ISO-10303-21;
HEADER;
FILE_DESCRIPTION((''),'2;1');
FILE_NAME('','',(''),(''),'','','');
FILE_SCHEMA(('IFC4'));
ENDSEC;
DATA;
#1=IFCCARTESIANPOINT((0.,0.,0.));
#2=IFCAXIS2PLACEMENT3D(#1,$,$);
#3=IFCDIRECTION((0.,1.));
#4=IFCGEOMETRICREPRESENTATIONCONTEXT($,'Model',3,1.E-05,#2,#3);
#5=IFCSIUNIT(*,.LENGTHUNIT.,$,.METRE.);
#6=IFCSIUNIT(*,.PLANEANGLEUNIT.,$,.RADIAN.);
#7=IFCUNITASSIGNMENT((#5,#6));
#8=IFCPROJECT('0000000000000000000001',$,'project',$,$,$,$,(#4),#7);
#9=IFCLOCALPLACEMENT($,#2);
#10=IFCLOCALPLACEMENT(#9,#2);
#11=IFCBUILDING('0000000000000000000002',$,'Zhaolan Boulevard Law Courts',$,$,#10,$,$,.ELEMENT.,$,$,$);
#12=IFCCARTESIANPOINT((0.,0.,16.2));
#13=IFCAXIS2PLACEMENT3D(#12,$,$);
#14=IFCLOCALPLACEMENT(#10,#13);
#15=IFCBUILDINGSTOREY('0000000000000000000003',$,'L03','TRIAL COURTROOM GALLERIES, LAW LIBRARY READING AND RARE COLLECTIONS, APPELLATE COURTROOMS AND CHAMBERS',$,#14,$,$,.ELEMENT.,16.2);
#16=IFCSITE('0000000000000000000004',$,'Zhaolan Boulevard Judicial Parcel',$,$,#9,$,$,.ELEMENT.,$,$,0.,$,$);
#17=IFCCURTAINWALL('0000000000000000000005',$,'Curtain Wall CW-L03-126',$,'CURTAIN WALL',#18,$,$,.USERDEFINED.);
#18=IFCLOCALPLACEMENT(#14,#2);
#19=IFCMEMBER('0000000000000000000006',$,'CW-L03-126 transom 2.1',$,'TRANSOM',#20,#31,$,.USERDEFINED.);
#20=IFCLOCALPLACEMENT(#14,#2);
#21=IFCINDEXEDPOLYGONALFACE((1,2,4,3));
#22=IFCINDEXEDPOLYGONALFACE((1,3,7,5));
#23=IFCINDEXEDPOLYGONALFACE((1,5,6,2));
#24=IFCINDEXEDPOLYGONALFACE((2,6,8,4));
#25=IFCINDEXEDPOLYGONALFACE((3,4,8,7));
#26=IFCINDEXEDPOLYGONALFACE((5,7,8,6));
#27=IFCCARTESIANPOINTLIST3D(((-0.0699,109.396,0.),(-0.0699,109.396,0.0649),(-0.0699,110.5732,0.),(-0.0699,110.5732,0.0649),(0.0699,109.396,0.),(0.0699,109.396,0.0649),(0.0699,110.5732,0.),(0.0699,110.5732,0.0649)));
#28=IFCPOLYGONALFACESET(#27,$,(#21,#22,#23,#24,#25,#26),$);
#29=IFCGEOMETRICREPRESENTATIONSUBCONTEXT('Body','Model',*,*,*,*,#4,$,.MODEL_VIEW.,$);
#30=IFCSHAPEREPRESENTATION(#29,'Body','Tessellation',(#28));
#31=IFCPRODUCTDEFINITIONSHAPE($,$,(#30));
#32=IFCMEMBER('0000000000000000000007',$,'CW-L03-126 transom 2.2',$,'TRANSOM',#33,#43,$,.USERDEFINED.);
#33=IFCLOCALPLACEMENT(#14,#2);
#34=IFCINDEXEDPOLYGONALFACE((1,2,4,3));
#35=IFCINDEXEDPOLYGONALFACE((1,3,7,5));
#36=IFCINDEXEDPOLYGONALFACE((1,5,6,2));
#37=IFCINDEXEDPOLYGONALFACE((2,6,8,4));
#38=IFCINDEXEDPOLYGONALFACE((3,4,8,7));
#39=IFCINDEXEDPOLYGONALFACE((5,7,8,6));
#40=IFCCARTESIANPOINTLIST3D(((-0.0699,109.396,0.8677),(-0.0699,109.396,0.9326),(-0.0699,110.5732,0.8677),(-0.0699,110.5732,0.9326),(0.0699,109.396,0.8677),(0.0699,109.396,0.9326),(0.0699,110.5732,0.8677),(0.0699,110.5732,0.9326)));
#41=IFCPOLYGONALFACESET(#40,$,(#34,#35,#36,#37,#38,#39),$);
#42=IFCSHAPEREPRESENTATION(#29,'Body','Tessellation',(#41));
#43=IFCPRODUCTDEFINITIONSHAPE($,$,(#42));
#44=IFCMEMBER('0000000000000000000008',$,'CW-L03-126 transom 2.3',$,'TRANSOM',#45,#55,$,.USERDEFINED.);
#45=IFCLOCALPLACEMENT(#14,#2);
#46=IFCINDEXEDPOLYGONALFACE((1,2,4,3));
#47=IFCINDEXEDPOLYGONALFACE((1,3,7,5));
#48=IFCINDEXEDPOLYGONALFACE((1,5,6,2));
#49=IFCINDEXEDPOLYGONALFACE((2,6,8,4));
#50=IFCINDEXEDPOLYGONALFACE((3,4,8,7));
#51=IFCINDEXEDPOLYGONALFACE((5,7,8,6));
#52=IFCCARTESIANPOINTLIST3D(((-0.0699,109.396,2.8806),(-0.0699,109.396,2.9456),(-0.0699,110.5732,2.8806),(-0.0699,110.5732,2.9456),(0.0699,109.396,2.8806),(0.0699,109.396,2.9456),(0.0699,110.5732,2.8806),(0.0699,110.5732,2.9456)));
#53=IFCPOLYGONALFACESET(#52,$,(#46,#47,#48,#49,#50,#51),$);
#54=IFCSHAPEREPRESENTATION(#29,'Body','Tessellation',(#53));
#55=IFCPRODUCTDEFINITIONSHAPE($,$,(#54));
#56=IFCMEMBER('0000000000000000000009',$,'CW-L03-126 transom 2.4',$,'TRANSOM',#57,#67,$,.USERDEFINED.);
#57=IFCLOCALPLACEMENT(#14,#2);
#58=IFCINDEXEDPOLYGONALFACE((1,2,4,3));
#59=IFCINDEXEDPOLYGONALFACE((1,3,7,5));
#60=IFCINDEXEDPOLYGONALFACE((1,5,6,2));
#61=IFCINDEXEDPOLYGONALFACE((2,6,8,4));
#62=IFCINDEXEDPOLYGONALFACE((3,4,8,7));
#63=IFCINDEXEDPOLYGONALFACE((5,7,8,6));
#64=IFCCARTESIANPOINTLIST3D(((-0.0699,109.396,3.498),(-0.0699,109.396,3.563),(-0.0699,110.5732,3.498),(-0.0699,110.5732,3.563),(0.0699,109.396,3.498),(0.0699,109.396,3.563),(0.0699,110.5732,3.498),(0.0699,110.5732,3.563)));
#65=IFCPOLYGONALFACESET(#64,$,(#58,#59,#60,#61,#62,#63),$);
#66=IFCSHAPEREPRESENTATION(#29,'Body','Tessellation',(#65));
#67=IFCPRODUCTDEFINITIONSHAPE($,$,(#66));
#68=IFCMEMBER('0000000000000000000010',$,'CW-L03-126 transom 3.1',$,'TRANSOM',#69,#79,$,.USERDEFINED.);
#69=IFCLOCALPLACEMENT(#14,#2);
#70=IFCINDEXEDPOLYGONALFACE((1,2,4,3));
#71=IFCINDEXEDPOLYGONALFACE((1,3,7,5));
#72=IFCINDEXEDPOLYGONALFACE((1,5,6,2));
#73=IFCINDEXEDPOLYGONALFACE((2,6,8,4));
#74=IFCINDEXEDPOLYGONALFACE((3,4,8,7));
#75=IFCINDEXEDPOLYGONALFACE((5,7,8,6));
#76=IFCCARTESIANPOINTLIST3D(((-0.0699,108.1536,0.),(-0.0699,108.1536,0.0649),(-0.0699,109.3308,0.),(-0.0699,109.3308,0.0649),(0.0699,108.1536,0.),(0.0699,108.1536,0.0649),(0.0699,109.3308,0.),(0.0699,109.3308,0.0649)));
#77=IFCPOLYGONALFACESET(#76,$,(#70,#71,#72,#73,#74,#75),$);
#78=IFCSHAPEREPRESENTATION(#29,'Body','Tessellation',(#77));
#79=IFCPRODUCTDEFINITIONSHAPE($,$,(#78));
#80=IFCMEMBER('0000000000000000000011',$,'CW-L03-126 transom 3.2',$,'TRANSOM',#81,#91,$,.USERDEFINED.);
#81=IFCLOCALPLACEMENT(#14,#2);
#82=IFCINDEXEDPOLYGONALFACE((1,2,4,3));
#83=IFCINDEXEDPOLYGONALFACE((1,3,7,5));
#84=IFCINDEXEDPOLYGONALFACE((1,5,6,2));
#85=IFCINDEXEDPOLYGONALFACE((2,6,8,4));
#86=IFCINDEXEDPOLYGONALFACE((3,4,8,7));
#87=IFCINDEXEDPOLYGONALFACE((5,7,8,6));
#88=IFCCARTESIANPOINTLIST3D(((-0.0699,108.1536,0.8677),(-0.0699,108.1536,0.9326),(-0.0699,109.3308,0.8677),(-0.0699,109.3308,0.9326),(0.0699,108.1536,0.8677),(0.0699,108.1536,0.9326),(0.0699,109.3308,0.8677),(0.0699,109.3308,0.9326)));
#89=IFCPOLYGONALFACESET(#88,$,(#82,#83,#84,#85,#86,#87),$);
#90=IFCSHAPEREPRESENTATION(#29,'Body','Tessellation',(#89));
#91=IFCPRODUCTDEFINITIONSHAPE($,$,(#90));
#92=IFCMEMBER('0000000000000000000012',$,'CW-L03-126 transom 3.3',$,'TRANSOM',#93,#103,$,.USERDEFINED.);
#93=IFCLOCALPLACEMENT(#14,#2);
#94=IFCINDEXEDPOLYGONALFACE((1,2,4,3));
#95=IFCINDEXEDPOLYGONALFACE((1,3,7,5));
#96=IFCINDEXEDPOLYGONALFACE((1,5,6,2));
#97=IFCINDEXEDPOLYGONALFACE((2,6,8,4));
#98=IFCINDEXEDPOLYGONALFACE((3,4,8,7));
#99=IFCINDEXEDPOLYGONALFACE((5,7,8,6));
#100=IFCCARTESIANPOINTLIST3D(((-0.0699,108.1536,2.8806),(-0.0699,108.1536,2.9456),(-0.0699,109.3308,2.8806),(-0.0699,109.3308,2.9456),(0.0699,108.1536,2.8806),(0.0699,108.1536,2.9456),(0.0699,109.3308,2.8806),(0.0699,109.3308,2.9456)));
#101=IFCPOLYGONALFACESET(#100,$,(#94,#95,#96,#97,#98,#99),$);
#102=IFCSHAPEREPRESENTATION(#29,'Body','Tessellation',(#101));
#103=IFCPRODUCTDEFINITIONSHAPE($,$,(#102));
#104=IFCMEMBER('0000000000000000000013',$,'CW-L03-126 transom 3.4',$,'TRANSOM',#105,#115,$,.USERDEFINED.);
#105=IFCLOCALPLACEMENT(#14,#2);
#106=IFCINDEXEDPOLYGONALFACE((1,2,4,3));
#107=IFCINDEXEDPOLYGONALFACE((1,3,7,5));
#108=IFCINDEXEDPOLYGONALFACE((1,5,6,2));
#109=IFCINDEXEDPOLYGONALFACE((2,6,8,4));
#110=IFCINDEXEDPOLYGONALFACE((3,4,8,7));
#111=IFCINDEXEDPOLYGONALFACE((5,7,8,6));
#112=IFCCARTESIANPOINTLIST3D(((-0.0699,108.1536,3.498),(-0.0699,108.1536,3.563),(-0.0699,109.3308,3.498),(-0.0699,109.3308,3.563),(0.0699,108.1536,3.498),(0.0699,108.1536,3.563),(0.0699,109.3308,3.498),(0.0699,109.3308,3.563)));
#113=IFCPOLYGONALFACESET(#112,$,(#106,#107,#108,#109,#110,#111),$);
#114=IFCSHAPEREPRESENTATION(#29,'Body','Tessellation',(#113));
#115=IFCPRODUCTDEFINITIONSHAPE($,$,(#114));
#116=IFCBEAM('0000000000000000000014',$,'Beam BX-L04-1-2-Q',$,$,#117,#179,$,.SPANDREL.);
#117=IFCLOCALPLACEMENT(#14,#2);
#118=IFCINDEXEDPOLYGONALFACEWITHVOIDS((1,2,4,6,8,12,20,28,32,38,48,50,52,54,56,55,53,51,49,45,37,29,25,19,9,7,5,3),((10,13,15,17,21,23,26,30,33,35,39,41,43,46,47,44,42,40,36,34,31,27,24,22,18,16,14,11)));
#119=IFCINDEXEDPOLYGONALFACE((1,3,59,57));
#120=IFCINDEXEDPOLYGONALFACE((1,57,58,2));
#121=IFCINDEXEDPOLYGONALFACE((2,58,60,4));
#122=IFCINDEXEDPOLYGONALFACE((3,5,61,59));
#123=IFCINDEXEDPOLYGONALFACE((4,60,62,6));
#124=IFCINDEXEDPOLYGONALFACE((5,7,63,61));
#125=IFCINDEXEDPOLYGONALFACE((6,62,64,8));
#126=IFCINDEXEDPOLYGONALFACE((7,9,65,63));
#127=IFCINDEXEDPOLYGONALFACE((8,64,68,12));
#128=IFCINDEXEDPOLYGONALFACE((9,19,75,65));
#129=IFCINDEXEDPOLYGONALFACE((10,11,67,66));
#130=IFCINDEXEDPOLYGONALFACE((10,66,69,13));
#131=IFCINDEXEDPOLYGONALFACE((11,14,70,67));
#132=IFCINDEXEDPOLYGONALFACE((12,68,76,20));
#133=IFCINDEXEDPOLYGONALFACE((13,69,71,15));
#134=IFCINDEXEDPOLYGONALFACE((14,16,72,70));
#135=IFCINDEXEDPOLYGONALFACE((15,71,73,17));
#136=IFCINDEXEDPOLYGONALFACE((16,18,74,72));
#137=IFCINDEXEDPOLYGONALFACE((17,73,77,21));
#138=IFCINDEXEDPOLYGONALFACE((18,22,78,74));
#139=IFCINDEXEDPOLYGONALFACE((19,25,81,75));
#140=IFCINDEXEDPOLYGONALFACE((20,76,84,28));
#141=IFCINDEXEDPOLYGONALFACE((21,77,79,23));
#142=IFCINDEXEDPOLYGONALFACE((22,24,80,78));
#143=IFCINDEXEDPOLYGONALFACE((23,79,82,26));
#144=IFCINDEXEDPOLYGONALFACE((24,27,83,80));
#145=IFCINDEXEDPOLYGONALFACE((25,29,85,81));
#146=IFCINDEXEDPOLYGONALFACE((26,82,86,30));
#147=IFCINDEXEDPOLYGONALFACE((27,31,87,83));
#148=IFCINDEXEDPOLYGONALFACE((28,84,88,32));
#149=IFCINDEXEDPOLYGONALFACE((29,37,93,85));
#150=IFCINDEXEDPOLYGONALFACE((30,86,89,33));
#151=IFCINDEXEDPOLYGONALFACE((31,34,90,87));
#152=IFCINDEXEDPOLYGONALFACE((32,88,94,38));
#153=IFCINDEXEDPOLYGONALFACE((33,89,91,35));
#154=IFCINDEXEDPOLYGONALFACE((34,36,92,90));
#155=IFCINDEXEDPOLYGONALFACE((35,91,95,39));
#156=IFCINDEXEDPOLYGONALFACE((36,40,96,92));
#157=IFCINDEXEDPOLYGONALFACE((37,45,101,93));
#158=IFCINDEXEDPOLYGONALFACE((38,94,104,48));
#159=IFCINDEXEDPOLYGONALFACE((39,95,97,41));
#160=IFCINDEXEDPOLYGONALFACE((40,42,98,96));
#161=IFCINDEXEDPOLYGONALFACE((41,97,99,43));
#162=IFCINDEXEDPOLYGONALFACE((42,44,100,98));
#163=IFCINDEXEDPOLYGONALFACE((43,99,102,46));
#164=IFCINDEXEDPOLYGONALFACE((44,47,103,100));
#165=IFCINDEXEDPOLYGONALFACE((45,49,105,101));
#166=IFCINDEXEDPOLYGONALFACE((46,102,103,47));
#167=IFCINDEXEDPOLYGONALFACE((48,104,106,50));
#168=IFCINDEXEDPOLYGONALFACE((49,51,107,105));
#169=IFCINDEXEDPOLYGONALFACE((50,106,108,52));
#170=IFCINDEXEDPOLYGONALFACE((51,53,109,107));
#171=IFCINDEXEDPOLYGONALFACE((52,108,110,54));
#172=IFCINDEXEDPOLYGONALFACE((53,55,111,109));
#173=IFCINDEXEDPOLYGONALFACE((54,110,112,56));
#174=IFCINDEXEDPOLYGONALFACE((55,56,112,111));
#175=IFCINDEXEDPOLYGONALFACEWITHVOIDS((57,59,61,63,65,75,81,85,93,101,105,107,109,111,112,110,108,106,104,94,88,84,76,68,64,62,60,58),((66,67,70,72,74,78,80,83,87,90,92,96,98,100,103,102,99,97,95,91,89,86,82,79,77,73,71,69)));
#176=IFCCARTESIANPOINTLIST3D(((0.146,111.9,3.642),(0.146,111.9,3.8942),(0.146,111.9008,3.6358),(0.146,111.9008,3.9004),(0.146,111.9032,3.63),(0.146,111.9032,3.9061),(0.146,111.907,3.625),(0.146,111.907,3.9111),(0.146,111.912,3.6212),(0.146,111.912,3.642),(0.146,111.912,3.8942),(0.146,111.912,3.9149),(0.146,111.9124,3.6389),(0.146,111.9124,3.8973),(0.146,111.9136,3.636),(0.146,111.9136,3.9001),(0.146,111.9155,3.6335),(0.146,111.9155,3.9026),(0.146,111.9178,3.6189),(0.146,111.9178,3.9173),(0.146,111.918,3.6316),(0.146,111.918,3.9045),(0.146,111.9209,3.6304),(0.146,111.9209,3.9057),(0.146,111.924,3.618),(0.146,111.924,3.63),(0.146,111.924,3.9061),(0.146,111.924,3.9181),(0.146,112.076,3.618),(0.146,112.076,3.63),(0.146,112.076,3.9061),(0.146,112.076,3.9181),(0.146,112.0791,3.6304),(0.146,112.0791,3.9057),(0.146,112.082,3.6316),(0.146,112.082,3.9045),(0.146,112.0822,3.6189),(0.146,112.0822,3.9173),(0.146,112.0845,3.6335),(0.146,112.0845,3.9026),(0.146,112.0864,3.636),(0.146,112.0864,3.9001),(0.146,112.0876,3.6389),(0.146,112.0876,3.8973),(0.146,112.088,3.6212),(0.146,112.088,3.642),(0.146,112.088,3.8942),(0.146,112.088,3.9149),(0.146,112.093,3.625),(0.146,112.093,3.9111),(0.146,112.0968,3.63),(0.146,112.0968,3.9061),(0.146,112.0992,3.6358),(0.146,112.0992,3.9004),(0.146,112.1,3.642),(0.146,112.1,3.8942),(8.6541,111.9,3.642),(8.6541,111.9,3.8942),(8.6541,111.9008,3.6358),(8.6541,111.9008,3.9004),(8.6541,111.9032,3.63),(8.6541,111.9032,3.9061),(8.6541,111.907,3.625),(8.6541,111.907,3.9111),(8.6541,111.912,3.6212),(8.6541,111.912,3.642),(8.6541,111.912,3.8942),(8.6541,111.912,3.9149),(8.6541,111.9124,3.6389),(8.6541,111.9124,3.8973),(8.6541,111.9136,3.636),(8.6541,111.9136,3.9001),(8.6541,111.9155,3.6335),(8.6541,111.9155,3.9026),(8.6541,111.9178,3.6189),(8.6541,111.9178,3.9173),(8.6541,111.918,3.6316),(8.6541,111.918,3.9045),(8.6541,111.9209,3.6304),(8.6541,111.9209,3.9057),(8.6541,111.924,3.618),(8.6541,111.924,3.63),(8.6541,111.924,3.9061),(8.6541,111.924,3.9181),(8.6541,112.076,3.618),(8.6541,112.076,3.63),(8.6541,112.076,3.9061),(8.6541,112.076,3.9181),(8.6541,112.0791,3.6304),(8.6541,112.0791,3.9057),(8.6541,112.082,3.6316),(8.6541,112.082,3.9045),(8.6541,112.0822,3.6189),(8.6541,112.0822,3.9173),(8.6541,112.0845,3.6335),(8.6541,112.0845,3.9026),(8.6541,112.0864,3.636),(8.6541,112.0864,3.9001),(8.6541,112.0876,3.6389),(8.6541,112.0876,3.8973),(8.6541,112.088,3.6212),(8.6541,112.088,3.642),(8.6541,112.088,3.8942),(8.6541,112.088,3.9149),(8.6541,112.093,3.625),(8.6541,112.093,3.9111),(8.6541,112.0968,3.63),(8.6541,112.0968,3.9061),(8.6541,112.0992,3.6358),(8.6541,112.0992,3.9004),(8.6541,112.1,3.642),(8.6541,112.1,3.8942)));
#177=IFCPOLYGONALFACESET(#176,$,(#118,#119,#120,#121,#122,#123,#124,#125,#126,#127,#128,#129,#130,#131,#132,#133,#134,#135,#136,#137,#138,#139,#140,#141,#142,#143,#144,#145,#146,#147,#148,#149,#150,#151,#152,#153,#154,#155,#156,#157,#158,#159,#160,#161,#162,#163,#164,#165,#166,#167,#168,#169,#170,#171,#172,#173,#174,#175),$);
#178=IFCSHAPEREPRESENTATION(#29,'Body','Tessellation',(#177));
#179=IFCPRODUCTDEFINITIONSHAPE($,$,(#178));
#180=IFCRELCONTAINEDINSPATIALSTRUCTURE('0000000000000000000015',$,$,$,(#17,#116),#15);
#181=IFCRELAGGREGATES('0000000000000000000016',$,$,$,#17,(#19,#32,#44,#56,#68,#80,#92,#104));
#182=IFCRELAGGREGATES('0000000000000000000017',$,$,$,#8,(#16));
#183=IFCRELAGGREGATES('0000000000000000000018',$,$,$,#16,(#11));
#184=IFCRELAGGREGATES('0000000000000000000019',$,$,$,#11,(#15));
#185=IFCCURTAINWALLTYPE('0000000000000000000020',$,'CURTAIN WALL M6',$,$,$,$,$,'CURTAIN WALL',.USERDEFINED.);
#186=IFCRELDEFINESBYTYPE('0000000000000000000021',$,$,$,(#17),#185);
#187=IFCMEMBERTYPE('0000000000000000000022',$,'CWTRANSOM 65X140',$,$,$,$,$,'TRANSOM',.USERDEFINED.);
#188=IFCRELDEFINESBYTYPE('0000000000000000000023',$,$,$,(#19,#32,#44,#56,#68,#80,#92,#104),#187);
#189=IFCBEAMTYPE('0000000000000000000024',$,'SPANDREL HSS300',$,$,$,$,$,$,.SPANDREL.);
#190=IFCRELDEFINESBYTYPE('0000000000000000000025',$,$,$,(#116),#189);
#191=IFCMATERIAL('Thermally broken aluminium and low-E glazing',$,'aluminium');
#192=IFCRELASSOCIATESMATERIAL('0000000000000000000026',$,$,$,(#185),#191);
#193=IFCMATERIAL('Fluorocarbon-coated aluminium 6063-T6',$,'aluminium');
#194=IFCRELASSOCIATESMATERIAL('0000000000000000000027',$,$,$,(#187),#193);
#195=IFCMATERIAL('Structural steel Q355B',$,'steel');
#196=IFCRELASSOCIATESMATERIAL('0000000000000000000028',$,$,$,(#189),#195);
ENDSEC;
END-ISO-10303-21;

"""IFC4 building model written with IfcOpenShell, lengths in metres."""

from ifc_helpers import new_model, si_unit, direction, frame, origin, origin_2d, place, context, subcontext, project, spatial, rectangle, hollow_rectangle, extrude, material, material_profile, profile_set, type_object, element, aggregate, save


model = new_model("IFC4")

# Units and contexts
model_context = context("Model", 3, precision=1e-05, world=origin(), true_north=direction((0.0, 1.0)))
body_context = subcontext(model_context, "Body", "Model", "MODEL_VIEW")
ifc_project = project(units=[si_unit("LENGTHUNIT", "METRE"), si_unit("PLANEANGLEUNIT", "RADIAN")], contexts=[model_context])

# Site, building, storey
site_placement = place(None, origin())
site = spatial("IfcSite", under=ifc_project, at=site_placement, Name="Zhaolan Boulevard Judicial Parcel", CompositionType="ELEMENT", RefElevation=0.0)
building_placement = place(site_placement, origin())
building = spatial("IfcBuilding", under=site, at=building_placement, Name="Zhaolan Boulevard Law Courts", CompositionType="ELEMENT")
storey_placement = place(building_placement, frame((0.0, 0.0, 16.2)))
storey = spatial("IfcBuildingStorey", under=building, at=storey_placement, Name="L03", Description="TRIAL COURTROOM GALLERIES, LAW LIBRARY READING AND RARE COLLECTIONS, APPELLATE COURTROOMS AND CHAMBERS", CompositionType="ELEMENT", Elevation=16.2)

# Curtain wall, members
ifc_material_1 = material(Name="Thermally broken aluminium and low-E glazing", Category="aluminium")
curtain_wall_type = type_object("IfcCurtainWallType", Name="CURTAIN WALL M6", ElementType="CURTAIN WALL", PredefinedType="USERDEFINED", material=ifc_material_1)
curtain_wall_placement = place(storey_placement, origin())
curtain_wall = element("IfcCurtainWall", 1, at=curtain_wall_placement, inside=storey, type_object=curtain_wall_type, Name="Curtain Wall CW-L03-126", ObjectType="CURTAIN WALL", PredefinedType="USERDEFINED")
ifc_material_2 = material(Name="Fluorocarbon-coated aluminium 6063-T6", Category="aluminium")
ifc_material_profile_1 = material_profile(ifc_material_2, rectangle(XDim=0.1399, YDim=0.0649, at=origin_2d()), Name="AL65x140")
ifc_profile_set_1 = profile_set([ifc_material_profile_1], Name="Fluorocarbon-coated aluminium 6063-T6")
member_type_1 = type_object("IfcMemberType", Name="CWTRANSOM 65X140", ElementType="TRANSOM", PredefinedType="USERDEFINED", material=ifc_profile_set_1)
member_1_placement = place(storey_placement, frame((0.0, 110.5732, 0.0325), z_axis=(0.0, -1.0, 0.0), x_axis=(1.0, 0.0, 0.0)))
member_1 = element("IfcMember", 2, at=member_1_placement, type_object=member_type_1, Name="CW-L03-126 transom 2.1", ObjectType="TRANSOM", PredefinedType="USERDEFINED", context=body_context, shape_type="SweptSolid", body=[
    extrude(rectangle(XDim=0.1399, YDim=0.0649, at=origin_2d()), origin(), (0.0, 0.0, 1.0), 1.1772),
])
member_2_placement = place(storey_placement, frame((0.0, 110.5732, 0.9001), z_axis=(0.0, -1.0, 0.0), x_axis=(1.0, 0.0, 0.0)))
member_2 = element("IfcMember", 3, at=member_2_placement, type_object=member_type_1, Name="CW-L03-126 transom 2.2", ObjectType="TRANSOM", PredefinedType="USERDEFINED", context=body_context, shape_type="SweptSolid", body=[
    extrude(rectangle(XDim=0.1399, YDim=0.0649, at=origin_2d()), origin(), (0.0, 0.0, 1.0), 1.1772),
])
member_3_placement = place(storey_placement, frame((0.0, 110.5732, 2.9131), z_axis=(0.0, -1.0, 0.0), x_axis=(1.0, 0.0, 0.0)))
member_3 = element("IfcMember", 4, at=member_3_placement, type_object=member_type_1, Name="CW-L03-126 transom 2.3", ObjectType="TRANSOM", PredefinedType="USERDEFINED", context=body_context, shape_type="SweptSolid", body=[
    extrude(rectangle(XDim=0.1399, YDim=0.0649, at=origin_2d()), origin(), (0.0, 0.0, 1.0), 1.1772),
])
member_4_placement = place(storey_placement, frame((0.0, 110.5732, 3.5305), z_axis=(0.0, -1.0, 0.0), x_axis=(1.0, 0.0, 0.0)))
member_4 = element("IfcMember", 5, at=member_4_placement, type_object=member_type_1, Name="CW-L03-126 transom 2.4", ObjectType="TRANSOM", PredefinedType="USERDEFINED", context=body_context, shape_type="SweptSolid", body=[
    extrude(rectangle(XDim=0.1399, YDim=0.0649, at=origin_2d()), origin(), (0.0, 0.0, 1.0), 1.1772),
])
member_5_placement = place(storey_placement, frame((0.0, 109.3308, 0.0325), z_axis=(0.0, -1.0, 0.0), x_axis=(1.0, 0.0, 0.0)))
member_5 = element("IfcMember", 6, at=member_5_placement, type_object=member_type_1, Name="CW-L03-126 transom 3.1", ObjectType="TRANSOM", PredefinedType="USERDEFINED", context=body_context, shape_type="SweptSolid", body=[
    extrude(rectangle(XDim=0.1399, YDim=0.0649, at=origin_2d()), origin(), (0.0, 0.0, 1.0), 1.1772),
])
member_6_placement = place(storey_placement, frame((0.0, 109.3308, 0.9001), z_axis=(0.0, -1.0, 0.0), x_axis=(1.0, 0.0, 0.0)))
member_6 = element("IfcMember", 7, at=member_6_placement, type_object=member_type_1, Name="CW-L03-126 transom 3.2", ObjectType="TRANSOM", PredefinedType="USERDEFINED", context=body_context, shape_type="SweptSolid", body=[
    extrude(rectangle(XDim=0.1399, YDim=0.0649, at=origin_2d()), origin(), (0.0, 0.0, 1.0), 1.1772),
])
member_7_placement = place(storey_placement, frame((0.0, 109.3308, 2.9131), z_axis=(0.0, -1.0, 0.0), x_axis=(1.0, 0.0, 0.0)))
member_7 = element("IfcMember", 8, at=member_7_placement, type_object=member_type_1, Name="CW-L03-126 transom 3.3", ObjectType="TRANSOM", PredefinedType="USERDEFINED", context=body_context, shape_type="SweptSolid", body=[
    extrude(rectangle(XDim=0.1399, YDim=0.0649, at=origin_2d()), origin(), (0.0, 0.0, 1.0), 1.1772),
])
member_8_placement = place(storey_placement, frame((0.0, 109.3308, 3.5305), z_axis=(0.0, -1.0, 0.0), x_axis=(1.0, 0.0, 0.0)))
member_8 = element("IfcMember", 9, at=member_8_placement, type_object=member_type_1, Name="CW-L03-126 transom 3.4", ObjectType="TRANSOM", PredefinedType="USERDEFINED", context=body_context, shape_type="SweptSolid", body=[
    extrude(rectangle(XDim=0.1399, YDim=0.0649, at=origin_2d()), origin(), (0.0, 0.0, 1.0), 1.1772),
])

# Beam
ifc_material_3 = material(Name="Structural steel Q355B", Category="steel")
ifc_material_profile_2 = material_profile(ifc_material_3, hollow_rectangle(XDim=0.2, YDim=0.3, WallThickness=0.012, InnerFilletRadius=0.012, OuterFilletRadius=0.0239, at=origin_2d()), Name="HSS300x200x12")
ifc_profile_set_2 = profile_set([ifc_material_profile_2], Name="Structural steel Q355B")
beam_type = type_object("IfcBeamType", Name="SPANDREL HSS300", PredefinedType="SPANDREL", material=ifc_profile_set_2)
for number, where, z_axis, x_axis, name in (
    (10, (0.146, 112.0, 3.7681), (1.0, 0.0, 0.0), (0.0, 1.0, 0.0), "Beam BX-L04-1-2-Q"),
):
    element("IfcBeam", number, at=place(storey_placement, frame(where, z_axis=z_axis, x_axis=x_axis)), inside=storey, type_object=beam_type, Name=name, PredefinedType="SPANDREL", context=body_context, shape_type="SweptSolid", body=[
        extrude(hollow_rectangle(XDim=0.2, YDim=0.3, WallThickness=0.012, InnerFilletRadius=0.012, OuterFilletRadius=0.0239, at=origin_2d()), origin(), (0.0, 0.0, 1.0), 8.5081),
    ])

aggregate(curtain_wall, [member_1, member_2, member_3, member_4, member_5, member_6, member_7, member_8])

save(model, "model.ifc")
